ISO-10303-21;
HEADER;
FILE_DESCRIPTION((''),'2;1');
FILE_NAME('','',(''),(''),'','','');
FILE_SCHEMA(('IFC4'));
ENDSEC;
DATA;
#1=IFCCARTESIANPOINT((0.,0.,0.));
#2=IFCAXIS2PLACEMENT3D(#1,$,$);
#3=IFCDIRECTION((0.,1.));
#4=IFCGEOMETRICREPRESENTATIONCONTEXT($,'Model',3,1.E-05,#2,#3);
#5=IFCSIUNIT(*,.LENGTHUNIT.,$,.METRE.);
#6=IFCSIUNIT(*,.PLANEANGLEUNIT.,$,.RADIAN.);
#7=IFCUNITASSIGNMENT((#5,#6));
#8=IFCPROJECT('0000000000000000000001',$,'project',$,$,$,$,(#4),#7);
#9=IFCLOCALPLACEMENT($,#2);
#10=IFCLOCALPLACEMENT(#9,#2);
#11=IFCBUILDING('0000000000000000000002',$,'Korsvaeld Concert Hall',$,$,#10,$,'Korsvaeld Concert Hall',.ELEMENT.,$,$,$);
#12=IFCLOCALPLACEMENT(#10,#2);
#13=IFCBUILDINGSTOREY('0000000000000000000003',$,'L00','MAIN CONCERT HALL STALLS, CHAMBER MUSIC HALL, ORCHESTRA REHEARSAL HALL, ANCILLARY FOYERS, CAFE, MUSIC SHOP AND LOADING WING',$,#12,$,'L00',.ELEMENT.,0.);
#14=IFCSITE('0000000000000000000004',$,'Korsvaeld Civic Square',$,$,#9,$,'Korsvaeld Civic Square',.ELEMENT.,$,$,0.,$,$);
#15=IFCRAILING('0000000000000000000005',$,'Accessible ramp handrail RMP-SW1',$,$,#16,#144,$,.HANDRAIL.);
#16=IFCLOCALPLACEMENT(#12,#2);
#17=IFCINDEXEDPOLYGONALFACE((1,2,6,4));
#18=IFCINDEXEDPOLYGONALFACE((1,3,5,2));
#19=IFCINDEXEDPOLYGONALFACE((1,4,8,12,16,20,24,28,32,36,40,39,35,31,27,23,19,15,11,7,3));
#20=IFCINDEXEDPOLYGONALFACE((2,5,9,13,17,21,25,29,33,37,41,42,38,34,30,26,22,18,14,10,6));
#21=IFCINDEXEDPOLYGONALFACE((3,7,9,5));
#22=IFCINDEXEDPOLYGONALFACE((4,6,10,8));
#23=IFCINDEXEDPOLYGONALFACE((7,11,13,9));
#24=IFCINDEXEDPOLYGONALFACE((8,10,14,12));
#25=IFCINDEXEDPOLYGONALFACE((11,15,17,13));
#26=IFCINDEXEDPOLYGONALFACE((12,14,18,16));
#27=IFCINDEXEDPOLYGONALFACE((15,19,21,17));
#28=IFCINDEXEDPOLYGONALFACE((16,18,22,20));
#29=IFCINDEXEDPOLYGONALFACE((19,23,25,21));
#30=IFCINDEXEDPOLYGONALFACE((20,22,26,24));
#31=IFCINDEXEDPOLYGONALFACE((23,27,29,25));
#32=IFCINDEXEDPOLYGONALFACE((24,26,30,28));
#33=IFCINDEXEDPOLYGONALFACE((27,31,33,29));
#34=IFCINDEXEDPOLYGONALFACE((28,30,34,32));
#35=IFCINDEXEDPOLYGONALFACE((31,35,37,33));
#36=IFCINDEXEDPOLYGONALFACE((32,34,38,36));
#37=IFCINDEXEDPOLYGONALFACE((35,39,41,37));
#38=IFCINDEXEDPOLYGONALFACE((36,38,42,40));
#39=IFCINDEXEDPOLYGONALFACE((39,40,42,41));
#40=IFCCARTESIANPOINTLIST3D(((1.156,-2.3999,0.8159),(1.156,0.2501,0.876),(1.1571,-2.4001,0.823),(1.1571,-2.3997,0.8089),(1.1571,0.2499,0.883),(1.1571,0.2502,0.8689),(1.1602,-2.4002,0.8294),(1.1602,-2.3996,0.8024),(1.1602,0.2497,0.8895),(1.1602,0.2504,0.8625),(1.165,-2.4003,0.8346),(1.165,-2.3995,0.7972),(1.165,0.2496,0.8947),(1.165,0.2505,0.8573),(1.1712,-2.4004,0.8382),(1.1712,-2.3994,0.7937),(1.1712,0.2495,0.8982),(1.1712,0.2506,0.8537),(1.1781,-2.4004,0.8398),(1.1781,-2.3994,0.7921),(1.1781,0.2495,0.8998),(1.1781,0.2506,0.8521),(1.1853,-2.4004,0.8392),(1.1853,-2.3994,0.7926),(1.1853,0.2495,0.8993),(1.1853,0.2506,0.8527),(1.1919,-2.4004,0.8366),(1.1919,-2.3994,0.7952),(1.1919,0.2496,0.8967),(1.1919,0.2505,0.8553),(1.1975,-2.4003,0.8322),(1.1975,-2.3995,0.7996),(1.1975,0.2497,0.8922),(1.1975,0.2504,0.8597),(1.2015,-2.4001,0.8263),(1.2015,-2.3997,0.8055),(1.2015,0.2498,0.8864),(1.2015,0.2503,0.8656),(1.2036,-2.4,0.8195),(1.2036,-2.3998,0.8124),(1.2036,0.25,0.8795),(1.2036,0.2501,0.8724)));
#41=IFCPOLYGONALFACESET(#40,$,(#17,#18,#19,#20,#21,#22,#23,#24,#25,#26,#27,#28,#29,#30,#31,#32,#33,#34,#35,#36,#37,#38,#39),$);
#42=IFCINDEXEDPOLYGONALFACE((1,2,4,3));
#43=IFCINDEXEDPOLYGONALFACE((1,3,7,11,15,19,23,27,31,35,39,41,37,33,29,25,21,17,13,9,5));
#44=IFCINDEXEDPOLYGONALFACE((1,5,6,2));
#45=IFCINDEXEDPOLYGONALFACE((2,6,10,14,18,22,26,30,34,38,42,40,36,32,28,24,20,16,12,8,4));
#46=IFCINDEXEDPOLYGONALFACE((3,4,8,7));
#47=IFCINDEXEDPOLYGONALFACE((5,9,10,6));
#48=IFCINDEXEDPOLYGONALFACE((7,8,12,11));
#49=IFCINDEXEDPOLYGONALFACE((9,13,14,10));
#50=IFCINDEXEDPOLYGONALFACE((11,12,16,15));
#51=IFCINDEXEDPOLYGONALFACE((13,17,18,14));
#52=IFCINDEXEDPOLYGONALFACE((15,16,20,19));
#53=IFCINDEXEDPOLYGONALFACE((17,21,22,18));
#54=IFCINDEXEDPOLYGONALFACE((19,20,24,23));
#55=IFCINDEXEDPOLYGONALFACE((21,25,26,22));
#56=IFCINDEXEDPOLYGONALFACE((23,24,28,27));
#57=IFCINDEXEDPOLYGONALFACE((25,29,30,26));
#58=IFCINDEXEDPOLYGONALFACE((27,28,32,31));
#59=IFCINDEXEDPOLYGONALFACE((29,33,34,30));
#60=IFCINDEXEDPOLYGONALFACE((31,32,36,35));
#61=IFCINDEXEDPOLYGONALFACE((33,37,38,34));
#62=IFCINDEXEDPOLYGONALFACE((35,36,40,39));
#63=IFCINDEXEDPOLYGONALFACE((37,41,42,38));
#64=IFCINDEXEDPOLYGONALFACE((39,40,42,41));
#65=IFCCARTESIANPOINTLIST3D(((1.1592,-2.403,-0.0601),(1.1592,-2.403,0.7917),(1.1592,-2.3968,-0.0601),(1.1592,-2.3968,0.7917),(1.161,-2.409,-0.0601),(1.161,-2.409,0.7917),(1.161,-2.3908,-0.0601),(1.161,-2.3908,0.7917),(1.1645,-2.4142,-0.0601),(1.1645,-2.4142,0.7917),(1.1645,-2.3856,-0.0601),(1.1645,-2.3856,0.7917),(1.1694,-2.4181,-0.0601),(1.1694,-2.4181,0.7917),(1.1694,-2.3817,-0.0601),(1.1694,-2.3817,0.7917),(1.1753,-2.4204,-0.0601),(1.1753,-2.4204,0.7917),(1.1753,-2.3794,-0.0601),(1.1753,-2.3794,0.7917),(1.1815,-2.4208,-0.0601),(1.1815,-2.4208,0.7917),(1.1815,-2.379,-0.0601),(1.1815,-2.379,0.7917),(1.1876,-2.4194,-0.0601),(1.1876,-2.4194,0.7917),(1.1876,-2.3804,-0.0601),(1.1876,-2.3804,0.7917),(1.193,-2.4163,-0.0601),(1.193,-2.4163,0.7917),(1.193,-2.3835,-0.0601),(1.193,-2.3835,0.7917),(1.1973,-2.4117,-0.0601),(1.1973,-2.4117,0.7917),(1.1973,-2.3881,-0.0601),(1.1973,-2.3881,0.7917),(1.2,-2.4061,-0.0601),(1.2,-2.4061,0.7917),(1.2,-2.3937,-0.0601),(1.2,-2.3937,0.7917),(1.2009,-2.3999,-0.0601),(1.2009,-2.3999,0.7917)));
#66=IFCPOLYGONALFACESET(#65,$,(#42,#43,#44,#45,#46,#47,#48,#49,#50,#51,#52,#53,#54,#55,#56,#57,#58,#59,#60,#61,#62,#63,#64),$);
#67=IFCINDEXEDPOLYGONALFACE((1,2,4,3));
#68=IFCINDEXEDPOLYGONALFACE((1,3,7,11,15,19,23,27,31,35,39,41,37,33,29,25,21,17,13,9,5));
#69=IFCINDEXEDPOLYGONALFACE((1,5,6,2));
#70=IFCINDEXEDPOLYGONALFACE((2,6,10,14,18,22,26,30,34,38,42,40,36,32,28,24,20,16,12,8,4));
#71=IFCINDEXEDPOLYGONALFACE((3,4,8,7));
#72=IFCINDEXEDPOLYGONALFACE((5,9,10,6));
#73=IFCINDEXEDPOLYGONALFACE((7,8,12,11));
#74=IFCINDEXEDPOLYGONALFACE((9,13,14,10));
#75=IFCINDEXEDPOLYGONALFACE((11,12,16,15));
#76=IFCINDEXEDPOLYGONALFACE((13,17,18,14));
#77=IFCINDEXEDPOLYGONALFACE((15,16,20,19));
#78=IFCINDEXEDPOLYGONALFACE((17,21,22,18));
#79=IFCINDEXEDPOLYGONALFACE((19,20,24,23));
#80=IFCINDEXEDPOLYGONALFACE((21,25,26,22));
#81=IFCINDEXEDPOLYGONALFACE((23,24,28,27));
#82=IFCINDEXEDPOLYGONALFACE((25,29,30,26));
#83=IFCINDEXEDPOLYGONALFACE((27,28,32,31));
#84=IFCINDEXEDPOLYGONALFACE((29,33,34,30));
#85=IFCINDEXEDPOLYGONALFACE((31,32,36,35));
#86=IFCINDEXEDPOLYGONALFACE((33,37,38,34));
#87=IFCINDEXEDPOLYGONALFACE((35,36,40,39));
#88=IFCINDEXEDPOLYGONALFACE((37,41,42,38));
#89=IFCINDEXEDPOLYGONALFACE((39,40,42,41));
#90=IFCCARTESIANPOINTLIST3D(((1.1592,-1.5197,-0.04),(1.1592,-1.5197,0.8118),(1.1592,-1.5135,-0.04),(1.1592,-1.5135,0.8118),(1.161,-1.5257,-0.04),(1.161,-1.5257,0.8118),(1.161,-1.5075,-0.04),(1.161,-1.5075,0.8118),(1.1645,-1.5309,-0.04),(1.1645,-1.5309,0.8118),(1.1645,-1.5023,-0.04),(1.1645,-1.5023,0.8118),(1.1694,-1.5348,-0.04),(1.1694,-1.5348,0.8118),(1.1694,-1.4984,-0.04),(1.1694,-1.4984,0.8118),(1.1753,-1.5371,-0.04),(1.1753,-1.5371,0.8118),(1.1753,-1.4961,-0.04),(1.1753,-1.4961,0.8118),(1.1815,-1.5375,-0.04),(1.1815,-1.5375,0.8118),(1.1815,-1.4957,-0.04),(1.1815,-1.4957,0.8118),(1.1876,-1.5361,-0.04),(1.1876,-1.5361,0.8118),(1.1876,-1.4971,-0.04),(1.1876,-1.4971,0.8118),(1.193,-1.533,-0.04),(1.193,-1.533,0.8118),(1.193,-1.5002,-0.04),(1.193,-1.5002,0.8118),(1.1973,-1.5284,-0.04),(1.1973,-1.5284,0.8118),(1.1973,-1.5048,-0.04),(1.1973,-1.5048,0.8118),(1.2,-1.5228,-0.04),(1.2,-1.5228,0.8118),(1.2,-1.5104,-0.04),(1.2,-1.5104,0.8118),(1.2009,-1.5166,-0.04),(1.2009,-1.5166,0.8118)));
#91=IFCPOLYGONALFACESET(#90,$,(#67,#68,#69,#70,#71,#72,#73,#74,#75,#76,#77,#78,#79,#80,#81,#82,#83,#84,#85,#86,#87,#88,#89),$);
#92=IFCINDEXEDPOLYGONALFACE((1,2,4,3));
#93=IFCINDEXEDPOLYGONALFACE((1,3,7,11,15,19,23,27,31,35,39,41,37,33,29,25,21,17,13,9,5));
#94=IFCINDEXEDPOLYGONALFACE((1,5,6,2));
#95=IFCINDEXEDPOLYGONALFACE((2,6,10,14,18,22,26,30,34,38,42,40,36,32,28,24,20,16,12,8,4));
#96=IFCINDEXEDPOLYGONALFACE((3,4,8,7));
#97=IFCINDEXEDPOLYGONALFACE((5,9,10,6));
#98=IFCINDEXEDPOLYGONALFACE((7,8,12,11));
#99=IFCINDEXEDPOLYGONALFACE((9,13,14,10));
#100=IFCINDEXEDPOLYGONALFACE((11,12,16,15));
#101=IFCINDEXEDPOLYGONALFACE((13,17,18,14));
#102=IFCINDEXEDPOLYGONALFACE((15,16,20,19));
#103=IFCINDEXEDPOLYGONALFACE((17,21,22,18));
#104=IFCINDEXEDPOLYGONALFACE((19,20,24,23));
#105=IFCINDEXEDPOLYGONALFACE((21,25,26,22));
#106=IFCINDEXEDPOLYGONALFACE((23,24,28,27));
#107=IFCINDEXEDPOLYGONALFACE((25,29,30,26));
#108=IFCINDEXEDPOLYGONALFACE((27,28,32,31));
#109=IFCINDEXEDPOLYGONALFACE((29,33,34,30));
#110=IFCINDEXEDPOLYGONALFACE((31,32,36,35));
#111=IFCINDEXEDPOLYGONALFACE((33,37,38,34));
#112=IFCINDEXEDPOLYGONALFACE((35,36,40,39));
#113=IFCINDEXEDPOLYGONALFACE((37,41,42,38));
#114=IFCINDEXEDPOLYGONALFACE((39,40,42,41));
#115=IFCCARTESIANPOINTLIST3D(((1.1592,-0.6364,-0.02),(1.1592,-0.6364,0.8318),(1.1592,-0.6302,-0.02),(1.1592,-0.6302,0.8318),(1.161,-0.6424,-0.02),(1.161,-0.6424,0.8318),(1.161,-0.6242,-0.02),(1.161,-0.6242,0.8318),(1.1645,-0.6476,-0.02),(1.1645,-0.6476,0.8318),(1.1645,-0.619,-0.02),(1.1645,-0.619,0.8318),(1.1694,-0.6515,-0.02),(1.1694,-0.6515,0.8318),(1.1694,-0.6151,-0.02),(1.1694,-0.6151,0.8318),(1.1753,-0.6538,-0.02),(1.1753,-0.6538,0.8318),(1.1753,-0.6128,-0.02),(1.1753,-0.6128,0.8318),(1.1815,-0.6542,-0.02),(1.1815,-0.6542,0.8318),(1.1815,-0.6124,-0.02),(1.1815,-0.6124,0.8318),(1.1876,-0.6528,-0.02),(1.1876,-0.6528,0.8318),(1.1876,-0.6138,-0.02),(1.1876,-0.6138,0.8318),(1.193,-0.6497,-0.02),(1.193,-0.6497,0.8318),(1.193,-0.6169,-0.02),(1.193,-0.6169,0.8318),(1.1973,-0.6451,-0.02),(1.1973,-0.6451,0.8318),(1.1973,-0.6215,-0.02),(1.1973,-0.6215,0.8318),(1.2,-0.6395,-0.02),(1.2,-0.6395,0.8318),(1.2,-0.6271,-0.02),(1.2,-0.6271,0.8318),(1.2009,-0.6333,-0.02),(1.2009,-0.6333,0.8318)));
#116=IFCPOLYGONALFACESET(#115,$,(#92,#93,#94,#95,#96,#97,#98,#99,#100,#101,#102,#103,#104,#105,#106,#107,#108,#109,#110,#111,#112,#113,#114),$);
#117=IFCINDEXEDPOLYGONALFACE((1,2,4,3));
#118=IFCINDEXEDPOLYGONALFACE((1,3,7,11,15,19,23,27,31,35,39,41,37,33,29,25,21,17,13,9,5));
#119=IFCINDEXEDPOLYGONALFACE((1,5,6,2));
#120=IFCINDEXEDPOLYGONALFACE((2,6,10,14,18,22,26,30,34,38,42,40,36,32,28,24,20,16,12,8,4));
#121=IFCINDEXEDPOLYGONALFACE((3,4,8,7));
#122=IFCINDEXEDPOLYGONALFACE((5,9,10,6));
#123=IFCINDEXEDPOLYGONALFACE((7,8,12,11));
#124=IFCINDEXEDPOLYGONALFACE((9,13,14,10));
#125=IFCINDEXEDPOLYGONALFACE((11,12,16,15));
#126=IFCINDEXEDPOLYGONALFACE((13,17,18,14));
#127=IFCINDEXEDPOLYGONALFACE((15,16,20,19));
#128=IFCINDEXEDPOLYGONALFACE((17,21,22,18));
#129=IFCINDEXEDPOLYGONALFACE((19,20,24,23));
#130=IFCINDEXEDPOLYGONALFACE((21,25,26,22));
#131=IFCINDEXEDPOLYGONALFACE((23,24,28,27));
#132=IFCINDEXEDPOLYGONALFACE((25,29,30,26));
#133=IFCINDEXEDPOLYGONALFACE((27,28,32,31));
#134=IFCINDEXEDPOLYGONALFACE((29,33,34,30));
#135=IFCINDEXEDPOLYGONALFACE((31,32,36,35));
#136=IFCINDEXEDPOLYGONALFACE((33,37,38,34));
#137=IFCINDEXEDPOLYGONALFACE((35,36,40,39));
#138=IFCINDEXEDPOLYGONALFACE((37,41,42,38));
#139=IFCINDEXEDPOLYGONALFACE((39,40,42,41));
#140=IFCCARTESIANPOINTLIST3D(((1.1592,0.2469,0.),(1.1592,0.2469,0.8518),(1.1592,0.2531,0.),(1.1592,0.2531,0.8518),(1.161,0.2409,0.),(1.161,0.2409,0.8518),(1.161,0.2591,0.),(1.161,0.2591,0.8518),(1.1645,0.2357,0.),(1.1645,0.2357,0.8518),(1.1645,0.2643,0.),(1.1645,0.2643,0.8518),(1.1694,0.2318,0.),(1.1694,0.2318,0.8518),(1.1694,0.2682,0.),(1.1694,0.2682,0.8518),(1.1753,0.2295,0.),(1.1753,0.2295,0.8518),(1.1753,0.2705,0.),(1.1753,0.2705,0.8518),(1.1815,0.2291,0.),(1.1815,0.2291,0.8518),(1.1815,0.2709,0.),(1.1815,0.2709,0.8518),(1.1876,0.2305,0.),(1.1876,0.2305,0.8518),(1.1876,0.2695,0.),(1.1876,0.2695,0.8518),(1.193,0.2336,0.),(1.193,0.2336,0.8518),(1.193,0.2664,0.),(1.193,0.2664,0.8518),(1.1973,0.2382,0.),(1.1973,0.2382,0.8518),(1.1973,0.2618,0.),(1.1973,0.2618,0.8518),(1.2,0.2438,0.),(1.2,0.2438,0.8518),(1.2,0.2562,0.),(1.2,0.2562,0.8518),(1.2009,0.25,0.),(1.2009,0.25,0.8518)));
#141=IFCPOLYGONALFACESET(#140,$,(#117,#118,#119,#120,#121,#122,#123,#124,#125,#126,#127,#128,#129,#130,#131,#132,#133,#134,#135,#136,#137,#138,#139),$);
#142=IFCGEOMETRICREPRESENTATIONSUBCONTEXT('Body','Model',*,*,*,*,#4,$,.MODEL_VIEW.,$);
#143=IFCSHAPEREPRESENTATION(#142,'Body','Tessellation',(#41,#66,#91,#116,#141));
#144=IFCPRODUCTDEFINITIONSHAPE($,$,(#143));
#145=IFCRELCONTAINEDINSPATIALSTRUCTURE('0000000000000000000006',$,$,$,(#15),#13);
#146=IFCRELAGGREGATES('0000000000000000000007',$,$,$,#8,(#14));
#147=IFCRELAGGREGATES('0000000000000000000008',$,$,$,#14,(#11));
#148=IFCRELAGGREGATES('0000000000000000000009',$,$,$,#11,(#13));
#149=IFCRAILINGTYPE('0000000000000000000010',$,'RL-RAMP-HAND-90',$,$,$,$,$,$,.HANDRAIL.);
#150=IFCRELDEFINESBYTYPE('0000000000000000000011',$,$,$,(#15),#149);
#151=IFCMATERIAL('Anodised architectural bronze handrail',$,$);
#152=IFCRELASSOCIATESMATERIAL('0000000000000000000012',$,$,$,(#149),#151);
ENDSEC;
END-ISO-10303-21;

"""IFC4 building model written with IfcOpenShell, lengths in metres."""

from ifc_helpers import new_model, si_unit, direction, frame, origin, origin_2d, place, context, subcontext, project, spatial, circle, extrude, material, type_object, element, save


model = new_model("IFC4")

# Units and contexts
model_context = context("Model", 3, precision=1e-05, world=origin(), true_north=direction((0.0, 1.0)))
body_context = subcontext(model_context, "Body", "Model", "MODEL_VIEW")
ifc_project = project(units=[si_unit("LENGTHUNIT", "METRE"), si_unit("PLANEANGLEUNIT", "RADIAN")], contexts=[model_context])

# Site, building, storey
site_placement = place(None, origin())
site = spatial("IfcSite", under=ifc_project, at=site_placement, Name="Korsvaeld Civic Square", LongName="Korsvaeld Civic Square", CompositionType="ELEMENT", RefElevation=0.0)
building_placement = place(site_placement, origin())
building = spatial("IfcBuilding", under=site, at=building_placement, Name="Korsvaeld Concert Hall", LongName="Korsvaeld Concert Hall", CompositionType="ELEMENT")
storey_placement = place(building_placement, origin())
storey = spatial("IfcBuildingStorey", under=building, at=storey_placement, Name="L00", Description="MAIN CONCERT HALL STALLS, CHAMBER MUSIC HALL, ORCHESTRA REHEARSAL HALL, ANCILLARY FOYERS, CAFE, MUSIC SHOP AND LOADING WING", LongName="L00", CompositionType="ELEMENT", Elevation=0.0)

# Railing
ifc_material_1 = material(Name="Anodised architectural bronze handrail")
railing_type = type_object("IfcRailingType", Name="RL-RAMP-HAND-90", PredefinedType="HANDRAIL", material=ifc_material_1)
railing_placement = place(storey_placement, frame((1.1799, -2.3999, -0.0601)))
element("IfcRailing", 1, at=railing_placement, inside=storey, type_object=railing_type, Name="Accessible ramp handrail RMP-SW1", PredefinedType="HANDRAIL", context=body_context, shape_type="SweptSolid", body=[
    extrude(circle(Radius=0.0239, at=origin_2d()), frame((0.0, 0.0, 0.876), z_axis=(0.0, 0.999743, 0.022659), x_axis=(-1.0, 0.0, 0.0)), (0.0, 0.0, 1.0), 2.6506),
    extrude(circle(Radius=0.021, at=origin_2d()), origin(), (0.0, 0.0, 1.0), 0.8518),
    extrude(circle(Radius=0.021, at=origin_2d()), frame((0.0, 0.8833, 0.02)), (0.0, 0.0, 1.0), 0.8518),
    extrude(circle(Radius=0.021, at=origin_2d()), frame((0.0, 1.7666, 0.04)), (0.0, 0.0, 1.0), 0.8518),
    extrude(circle(Radius=0.021, at=origin_2d()), frame((0.0, 2.6499, 0.0601)), (0.0, 0.0, 1.0), 0.8518),
])

save(model, "model.ifc")
